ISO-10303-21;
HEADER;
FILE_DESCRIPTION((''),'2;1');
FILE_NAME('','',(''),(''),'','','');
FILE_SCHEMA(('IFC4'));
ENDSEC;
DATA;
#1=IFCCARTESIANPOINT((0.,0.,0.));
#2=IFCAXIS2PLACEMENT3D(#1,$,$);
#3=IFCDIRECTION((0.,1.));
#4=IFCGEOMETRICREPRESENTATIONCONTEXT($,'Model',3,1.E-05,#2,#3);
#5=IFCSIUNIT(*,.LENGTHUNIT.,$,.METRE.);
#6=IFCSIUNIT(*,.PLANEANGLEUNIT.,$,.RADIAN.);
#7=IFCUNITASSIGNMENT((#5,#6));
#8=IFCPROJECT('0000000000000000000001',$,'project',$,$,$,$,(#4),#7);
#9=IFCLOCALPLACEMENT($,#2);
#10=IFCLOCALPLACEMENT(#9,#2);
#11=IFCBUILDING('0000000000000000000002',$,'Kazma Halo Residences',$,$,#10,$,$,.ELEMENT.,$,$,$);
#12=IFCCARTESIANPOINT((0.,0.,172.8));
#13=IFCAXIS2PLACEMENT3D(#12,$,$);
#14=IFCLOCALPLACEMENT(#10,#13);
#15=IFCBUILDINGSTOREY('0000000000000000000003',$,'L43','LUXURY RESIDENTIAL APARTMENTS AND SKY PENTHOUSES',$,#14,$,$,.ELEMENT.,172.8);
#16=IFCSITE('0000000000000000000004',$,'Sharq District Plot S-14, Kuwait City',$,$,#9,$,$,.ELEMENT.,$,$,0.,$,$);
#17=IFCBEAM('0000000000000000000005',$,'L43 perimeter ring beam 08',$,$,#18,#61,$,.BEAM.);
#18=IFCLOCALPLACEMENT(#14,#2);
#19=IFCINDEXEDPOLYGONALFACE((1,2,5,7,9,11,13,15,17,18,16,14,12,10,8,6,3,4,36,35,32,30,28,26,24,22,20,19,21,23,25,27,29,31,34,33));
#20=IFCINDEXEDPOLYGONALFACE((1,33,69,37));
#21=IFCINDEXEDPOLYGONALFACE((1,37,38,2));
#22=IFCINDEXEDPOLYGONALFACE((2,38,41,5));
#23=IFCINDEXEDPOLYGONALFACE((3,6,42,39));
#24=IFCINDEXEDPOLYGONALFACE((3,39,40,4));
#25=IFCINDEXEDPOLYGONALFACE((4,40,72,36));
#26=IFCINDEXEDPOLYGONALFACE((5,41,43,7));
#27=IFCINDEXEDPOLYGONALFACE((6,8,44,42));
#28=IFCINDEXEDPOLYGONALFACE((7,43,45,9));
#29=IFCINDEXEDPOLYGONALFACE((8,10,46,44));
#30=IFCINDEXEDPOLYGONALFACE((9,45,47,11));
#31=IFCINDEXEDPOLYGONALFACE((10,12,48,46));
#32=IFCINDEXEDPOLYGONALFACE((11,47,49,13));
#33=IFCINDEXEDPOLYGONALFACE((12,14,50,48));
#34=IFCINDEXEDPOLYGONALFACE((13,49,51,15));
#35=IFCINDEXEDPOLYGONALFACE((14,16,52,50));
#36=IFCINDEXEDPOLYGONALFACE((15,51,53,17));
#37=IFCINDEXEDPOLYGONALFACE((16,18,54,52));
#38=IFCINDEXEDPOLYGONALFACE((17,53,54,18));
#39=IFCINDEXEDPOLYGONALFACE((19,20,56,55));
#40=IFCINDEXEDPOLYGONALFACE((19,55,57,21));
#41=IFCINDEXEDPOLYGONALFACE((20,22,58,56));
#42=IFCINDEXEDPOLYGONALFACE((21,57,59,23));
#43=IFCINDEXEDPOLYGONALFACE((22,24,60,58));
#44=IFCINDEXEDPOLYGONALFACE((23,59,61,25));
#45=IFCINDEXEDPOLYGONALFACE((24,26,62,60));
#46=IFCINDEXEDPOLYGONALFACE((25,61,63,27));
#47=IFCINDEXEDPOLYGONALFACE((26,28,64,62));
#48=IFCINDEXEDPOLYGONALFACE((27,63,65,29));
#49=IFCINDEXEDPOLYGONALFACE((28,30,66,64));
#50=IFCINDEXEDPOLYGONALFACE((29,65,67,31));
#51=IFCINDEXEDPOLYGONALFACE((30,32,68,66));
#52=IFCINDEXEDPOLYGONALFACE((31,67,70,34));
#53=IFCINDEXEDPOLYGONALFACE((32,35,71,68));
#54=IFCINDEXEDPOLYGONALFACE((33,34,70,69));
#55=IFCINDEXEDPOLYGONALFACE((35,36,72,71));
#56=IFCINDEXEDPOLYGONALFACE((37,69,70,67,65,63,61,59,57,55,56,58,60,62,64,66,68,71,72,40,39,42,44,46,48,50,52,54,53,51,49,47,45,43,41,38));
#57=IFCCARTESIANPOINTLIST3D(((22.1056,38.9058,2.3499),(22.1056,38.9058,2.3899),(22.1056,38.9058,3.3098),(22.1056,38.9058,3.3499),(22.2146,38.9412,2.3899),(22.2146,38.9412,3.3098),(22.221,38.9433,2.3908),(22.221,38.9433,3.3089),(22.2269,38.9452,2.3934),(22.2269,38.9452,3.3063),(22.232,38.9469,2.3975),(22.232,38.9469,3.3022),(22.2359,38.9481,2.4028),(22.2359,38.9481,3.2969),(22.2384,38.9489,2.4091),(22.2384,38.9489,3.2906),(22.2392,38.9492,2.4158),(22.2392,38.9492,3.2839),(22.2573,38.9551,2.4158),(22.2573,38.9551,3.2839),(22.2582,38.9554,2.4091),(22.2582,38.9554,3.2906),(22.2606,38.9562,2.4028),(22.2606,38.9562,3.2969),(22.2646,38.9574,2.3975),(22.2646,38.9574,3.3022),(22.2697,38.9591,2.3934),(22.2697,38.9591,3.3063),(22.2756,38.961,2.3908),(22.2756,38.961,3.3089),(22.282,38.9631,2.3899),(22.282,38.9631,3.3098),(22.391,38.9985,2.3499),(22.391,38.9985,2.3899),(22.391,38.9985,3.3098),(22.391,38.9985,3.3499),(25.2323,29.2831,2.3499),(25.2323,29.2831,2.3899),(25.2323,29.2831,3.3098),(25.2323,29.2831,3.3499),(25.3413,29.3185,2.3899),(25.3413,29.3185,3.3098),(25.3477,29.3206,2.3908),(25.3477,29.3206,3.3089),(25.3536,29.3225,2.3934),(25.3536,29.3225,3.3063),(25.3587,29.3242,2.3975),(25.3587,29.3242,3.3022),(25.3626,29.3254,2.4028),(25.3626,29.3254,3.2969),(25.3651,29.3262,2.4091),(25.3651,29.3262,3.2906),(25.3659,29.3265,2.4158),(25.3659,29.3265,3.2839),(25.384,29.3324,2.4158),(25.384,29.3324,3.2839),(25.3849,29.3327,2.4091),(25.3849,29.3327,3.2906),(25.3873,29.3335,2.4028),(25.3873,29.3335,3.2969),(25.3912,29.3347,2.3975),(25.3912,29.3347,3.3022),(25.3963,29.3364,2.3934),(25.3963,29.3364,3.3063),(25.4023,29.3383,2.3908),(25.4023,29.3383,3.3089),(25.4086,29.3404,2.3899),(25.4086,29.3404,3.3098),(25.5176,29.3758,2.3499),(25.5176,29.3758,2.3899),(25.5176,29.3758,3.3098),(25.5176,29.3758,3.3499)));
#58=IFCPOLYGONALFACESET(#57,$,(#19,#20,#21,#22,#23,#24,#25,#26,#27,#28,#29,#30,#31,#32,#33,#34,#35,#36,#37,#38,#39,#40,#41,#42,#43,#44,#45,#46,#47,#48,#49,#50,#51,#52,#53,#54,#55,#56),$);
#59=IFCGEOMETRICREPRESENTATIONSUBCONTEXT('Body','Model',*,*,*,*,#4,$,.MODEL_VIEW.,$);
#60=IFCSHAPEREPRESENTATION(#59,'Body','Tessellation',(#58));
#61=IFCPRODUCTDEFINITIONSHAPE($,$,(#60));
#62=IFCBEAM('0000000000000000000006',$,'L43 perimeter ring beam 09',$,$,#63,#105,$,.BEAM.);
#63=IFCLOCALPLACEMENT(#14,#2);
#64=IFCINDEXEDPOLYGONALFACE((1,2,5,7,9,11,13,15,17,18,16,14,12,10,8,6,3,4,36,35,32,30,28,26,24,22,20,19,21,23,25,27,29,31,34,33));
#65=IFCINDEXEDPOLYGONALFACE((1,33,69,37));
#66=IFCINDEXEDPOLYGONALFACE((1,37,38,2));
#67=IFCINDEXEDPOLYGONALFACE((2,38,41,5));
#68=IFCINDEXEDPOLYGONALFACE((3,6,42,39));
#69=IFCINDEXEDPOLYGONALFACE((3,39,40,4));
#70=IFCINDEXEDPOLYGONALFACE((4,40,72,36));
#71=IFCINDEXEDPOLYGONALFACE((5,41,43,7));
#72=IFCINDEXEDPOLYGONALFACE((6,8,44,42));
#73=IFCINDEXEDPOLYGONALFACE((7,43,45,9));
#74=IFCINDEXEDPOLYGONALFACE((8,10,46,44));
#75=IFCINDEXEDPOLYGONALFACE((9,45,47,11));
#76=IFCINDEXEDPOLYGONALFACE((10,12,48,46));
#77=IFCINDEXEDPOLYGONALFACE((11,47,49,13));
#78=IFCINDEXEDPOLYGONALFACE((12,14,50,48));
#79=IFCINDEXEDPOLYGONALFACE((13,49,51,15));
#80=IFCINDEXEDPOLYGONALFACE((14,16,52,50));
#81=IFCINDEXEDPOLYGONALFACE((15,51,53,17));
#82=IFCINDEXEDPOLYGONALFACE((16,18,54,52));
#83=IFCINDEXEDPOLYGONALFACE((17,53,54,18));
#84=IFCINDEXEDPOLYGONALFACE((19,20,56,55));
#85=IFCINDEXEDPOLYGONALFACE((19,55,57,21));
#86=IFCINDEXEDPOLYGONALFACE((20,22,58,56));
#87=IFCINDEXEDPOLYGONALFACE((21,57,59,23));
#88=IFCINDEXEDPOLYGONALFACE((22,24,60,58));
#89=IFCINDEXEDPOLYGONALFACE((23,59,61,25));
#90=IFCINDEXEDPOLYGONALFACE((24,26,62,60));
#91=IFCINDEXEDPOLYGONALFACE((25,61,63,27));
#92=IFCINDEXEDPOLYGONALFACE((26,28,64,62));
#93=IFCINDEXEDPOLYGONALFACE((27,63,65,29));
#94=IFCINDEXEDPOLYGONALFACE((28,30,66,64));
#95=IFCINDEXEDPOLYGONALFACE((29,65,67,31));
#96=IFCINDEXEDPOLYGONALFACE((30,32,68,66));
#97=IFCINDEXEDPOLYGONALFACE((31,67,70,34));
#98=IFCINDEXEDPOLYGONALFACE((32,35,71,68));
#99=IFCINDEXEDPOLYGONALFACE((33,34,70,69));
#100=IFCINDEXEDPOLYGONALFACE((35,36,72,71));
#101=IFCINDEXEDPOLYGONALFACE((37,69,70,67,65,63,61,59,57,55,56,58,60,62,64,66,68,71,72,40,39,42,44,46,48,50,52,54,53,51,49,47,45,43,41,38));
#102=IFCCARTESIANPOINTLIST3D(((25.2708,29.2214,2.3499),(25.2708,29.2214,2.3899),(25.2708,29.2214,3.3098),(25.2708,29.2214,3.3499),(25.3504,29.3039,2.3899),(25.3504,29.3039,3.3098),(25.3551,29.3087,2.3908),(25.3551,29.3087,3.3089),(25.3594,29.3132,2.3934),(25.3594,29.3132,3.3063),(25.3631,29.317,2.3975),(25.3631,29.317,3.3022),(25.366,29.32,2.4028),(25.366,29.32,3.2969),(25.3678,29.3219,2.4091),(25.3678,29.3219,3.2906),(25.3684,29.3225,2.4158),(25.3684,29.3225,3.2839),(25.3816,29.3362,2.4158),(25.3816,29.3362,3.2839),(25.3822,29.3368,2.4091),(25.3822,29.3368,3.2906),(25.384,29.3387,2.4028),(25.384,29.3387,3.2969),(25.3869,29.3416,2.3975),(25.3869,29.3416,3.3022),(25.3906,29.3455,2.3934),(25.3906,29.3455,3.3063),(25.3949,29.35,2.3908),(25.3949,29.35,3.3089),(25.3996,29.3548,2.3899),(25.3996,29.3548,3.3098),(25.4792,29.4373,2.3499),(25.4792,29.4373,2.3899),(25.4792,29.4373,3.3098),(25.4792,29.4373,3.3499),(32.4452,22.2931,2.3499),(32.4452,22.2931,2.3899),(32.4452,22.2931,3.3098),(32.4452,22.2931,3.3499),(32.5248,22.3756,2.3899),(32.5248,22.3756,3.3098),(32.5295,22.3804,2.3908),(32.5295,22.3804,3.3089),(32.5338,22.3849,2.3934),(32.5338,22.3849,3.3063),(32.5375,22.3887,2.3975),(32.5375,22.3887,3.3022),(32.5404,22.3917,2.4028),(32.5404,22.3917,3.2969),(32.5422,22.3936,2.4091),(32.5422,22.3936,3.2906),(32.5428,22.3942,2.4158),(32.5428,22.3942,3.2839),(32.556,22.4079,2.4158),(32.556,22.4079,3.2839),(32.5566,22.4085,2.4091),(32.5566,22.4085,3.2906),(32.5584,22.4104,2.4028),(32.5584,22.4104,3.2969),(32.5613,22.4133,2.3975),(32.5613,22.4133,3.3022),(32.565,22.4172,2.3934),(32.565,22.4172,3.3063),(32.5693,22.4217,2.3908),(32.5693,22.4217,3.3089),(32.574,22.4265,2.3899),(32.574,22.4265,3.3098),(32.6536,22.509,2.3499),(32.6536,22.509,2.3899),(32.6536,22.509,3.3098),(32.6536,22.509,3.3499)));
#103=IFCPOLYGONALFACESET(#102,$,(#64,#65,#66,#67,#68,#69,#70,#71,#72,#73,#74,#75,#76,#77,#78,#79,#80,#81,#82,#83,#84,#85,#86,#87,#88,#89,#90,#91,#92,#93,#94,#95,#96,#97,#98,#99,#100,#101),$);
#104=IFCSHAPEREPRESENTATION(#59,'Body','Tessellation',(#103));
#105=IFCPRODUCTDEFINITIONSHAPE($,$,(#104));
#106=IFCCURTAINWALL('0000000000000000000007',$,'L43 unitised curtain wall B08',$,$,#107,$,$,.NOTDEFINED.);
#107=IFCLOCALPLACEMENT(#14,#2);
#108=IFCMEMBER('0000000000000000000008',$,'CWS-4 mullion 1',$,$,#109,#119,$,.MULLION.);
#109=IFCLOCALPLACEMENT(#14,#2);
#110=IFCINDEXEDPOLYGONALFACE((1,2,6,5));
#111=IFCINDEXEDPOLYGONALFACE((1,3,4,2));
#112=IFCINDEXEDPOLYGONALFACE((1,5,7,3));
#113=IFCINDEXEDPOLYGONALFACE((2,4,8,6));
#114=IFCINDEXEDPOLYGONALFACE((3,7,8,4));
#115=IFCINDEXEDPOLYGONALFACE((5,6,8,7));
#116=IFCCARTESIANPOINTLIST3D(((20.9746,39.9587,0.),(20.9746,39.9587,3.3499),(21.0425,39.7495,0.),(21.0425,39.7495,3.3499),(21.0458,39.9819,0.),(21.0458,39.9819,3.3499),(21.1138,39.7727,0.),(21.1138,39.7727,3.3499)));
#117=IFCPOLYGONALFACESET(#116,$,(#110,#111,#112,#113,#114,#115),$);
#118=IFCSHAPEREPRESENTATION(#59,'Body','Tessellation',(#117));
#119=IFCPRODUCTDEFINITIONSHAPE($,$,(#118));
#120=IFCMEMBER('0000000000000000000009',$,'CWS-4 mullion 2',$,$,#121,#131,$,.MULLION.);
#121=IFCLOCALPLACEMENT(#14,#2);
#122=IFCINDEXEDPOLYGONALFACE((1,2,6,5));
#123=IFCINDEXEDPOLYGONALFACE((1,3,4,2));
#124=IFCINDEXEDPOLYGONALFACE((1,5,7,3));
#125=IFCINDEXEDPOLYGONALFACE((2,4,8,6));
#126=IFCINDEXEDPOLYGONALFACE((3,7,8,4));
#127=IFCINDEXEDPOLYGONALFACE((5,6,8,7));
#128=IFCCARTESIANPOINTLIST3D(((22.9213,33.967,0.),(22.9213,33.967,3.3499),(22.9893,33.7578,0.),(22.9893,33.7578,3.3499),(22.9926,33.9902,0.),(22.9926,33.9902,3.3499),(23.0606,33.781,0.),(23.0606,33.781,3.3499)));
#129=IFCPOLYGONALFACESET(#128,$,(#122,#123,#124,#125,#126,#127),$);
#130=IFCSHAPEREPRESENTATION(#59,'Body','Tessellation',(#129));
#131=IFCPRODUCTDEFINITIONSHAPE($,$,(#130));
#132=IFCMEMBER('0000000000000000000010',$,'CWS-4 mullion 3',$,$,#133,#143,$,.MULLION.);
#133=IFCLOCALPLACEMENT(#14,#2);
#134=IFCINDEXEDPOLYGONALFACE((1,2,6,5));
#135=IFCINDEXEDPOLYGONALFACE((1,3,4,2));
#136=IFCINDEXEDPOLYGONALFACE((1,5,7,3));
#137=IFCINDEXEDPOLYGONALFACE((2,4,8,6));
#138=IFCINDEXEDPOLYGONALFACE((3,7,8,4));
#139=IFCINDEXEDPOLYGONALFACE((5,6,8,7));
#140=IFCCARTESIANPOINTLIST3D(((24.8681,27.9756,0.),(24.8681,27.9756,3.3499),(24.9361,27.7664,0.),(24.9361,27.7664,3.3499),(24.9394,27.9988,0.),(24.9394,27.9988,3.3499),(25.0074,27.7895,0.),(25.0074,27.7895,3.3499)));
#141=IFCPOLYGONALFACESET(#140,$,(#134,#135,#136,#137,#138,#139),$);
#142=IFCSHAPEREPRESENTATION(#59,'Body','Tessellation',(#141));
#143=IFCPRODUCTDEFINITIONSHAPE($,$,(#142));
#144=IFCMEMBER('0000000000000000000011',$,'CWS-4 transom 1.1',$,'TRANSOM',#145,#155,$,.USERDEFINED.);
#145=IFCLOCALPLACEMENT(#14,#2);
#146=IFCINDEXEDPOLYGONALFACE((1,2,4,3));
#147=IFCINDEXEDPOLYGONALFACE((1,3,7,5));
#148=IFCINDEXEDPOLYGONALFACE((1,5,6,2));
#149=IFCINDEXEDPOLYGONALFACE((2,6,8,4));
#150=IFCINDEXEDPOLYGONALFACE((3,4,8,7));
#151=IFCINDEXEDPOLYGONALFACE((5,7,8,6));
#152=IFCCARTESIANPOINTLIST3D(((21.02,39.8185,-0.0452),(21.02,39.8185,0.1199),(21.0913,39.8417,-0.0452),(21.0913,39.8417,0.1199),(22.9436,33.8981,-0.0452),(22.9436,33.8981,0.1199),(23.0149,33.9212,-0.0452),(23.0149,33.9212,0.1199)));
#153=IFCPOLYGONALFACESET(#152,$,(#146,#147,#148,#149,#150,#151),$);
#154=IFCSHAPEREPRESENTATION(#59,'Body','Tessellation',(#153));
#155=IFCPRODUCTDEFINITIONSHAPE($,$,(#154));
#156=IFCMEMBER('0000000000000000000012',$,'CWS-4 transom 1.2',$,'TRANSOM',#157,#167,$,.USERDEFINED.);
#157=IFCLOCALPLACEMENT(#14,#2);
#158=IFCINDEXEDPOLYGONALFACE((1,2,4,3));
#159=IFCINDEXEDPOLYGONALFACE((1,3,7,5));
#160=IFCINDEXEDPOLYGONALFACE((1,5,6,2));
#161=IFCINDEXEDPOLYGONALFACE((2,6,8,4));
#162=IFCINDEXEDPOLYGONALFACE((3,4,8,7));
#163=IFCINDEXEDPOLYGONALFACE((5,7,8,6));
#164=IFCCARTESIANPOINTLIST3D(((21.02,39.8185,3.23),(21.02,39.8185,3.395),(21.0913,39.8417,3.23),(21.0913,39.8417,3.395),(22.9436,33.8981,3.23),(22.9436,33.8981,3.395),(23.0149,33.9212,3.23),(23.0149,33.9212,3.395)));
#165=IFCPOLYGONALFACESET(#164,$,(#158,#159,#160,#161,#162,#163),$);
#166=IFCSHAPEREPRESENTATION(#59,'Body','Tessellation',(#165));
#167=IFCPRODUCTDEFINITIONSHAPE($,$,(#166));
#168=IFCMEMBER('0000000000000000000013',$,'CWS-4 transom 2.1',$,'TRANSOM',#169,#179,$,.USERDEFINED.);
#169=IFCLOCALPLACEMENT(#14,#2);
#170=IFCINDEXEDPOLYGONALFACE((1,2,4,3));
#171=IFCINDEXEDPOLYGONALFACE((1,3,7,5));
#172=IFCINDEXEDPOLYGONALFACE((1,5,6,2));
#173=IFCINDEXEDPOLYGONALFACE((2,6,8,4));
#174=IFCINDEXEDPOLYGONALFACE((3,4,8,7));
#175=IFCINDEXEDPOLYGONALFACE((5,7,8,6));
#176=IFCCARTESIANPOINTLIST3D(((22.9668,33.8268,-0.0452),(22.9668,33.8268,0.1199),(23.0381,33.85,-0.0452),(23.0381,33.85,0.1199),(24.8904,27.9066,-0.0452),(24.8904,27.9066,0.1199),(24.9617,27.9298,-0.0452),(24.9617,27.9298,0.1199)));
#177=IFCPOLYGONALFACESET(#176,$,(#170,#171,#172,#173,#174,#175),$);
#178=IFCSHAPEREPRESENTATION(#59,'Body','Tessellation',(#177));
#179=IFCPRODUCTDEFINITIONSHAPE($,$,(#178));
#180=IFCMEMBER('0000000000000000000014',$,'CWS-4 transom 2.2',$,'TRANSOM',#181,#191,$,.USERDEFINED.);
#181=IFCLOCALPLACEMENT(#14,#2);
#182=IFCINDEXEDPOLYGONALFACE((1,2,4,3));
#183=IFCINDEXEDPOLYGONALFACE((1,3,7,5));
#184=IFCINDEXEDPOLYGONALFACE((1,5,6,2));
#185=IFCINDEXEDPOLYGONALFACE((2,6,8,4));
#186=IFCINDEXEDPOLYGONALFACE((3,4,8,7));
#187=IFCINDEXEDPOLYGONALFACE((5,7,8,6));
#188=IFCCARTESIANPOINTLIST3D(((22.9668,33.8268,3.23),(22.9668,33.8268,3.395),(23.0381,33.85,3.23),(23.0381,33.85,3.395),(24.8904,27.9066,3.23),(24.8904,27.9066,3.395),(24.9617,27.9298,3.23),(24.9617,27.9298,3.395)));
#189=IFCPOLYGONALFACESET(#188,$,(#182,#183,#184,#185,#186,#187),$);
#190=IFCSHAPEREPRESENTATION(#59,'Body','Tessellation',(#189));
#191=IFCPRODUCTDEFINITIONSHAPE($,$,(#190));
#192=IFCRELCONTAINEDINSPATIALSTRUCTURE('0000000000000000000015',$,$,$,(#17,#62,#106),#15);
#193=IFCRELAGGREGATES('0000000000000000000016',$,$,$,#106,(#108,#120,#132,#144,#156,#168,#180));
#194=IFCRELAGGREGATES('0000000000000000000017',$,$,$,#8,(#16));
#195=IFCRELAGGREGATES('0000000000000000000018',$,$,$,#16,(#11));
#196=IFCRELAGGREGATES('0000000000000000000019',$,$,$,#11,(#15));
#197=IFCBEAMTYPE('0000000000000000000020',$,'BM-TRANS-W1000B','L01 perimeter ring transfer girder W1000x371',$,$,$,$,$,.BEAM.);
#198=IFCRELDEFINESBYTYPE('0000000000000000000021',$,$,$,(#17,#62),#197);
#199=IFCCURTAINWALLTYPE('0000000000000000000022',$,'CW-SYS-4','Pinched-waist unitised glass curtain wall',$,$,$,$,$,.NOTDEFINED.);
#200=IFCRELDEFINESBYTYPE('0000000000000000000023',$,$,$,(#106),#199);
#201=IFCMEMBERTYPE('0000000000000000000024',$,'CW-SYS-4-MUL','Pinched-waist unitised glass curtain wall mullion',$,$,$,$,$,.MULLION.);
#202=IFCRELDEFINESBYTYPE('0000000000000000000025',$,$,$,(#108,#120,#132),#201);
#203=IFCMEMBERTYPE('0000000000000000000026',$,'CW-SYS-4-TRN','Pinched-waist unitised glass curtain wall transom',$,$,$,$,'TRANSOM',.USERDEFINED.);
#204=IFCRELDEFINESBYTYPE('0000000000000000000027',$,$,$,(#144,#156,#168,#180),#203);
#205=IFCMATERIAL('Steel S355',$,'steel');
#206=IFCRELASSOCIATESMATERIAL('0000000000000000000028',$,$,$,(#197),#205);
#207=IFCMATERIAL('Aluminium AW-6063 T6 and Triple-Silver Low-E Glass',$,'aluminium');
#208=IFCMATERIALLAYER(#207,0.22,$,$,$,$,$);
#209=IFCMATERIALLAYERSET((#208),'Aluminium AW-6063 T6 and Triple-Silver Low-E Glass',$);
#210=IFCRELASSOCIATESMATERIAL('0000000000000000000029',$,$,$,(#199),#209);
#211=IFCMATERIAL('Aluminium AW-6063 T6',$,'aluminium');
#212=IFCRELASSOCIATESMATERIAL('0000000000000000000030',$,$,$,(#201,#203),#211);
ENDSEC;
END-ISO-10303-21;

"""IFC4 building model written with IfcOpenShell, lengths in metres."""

from ifc_helpers import new_model, si_unit, direction, frame, origin, origin_2d, place, context, subcontext, project, spatial, rectangle, i_section, extrude, material, layer, layer_set, material_profile, profile_set, type_object, element, aggregate, save


model = new_model("IFC4")

# Units and contexts
model_context = context("Model", 3, precision=1e-05, world=origin(), true_north=direction((0.0, 1.0)))
body_context = subcontext(model_context, "Body", "Model", "MODEL_VIEW")
ifc_project = project(units=[si_unit("LENGTHUNIT", "METRE"), si_unit("PLANEANGLEUNIT", "RADIAN")], contexts=[model_context])

# Site, building, storey
site_placement = place(None, origin())
site = spatial("IfcSite", under=ifc_project, at=site_placement, Name="Sharq District Plot S-14, Kuwait City", CompositionType="ELEMENT", RefElevation=0.0)
building_placement = place(site_placement, origin())
building = spatial("IfcBuilding", under=site, at=building_placement, Name="Kazma Halo Residences", CompositionType="ELEMENT")
storey_placement = place(building_placement, frame((0.0, 0.0, 172.8)))
storey = spatial("IfcBuildingStorey", under=building, at=storey_placement, Name="L43", Description="LUXURY RESIDENTIAL APARTMENTS AND SKY PENTHOUSES", CompositionType="ELEMENT", Elevation=172.8)

# Beams
ifc_material_1 = material(Name="Steel S355", Category="steel")
ifc_material_profile_1 = material_profile(ifc_material_1, i_section(OverallWidth=0.3, OverallDepth=1.0, WebThickness=0.019, FlangeThickness=0.04, FilletRadius=0.0259, at=origin_2d()), Name="W1000x371")
ifc_profile_set_1 = profile_set([ifc_material_profile_1], Name="Steel S355")
beam_type_1 = type_object("IfcBeamType", Name="BM-TRANS-W1000B", Description="L01 perimeter ring transfer girder W1000x371", PredefinedType="BEAM", material=ifc_profile_set_1)
beam_1_placement = place(storey_placement, frame((22.2483, 38.9521, 2.8499), z_axis=(0.309023, -0.951054, 0.0), x_axis=(0.951054, 0.309023, 0.0)))
element("IfcBeam", 1, at=beam_1_placement, inside=storey, type_object=beam_type_1, Name="L43 perimeter ring beam 08", PredefinedType="BEAM", context=body_context, shape_type="SweptSolid", body=[
    extrude(i_section(OverallWidth=0.3, OverallDepth=1.0, WebThickness=0.019, FlangeThickness=0.04, FilletRadius=0.0259, at=origin_2d()), origin(), (0.0, 0.0, 1.0), 10.1179),
])
beam_2_placement = place(storey_placement, frame((25.375, 29.3293, 2.8499), z_axis=(0.719337, -0.694662, 0.0), x_axis=(0.694662, 0.719337, 0.0)))
element("IfcBeam", 2, at=beam_2_placement, inside=storey, type_object=beam_type_1, Name="L43 perimeter ring beam 09", PredefinedType="BEAM", context=body_context, shape_type="SweptSolid", body=[
    extrude(i_section(OverallWidth=0.3, OverallDepth=1.0, WebThickness=0.019, FlangeThickness=0.04, FilletRadius=0.0259, at=origin_2d()), origin(), (0.0, 0.0, 1.0), 9.9736),
])

# Curtain wall, members
ifc_material_2 = material(Name="Aluminium AW-6063 T6 and Triple-Silver Low-E Glass", Category="aluminium")
ifc_layer_1 = layer(ifc_material_2, 0.22)
ifc_layer_set_1 = layer_set([ifc_layer_1], Name="Aluminium AW-6063 T6 and Triple-Silver Low-E Glass")
curtain_wall_type = type_object("IfcCurtainWallType", Name="CW-SYS-4", Description="Pinched-waist unitised glass curtain wall", PredefinedType="NOTDEFINED", material=ifc_layer_set_1)
curtain_wall_placement = place(storey_placement, origin())
curtain_wall = element("IfcCurtainWall", 3, at=curtain_wall_placement, inside=storey, type_object=curtain_wall_type, Name="L43 unitised curtain wall B08", PredefinedType="NOTDEFINED")
ifc_material_3 = material(Name="Aluminium AW-6063 T6", Category="aluminium")
ifc_material_profile_2 = material_profile(ifc_material_3, rectangle(XDim=0.075, YDim=0.22, at=origin_2d()), Name="CWM-75x220")
ifc_profile_set_2 = profile_set([ifc_material_profile_2], Name="Aluminium AW-6063 T6")
member_type_1 = type_object("IfcMemberType", Name="CW-SYS-4-MUL", Description="Pinched-waist unitised glass curtain wall mullion", PredefinedType="MULLION", material=ifc_profile_set_2)
member_1_placement = place(storey_placement, frame((21.0442, 39.8657, 0.0), z_axis=(0.0, 0.0, 1.0), x_axis=(0.951058, 0.309014, 0.0)))
member_1 = element("IfcMember", 4, at=member_1_placement, type_object=member_type_1, Name="CWS-4 mullion 1", PredefinedType="MULLION", context=body_context, shape_type="SweptSolid", body=[
    extrude(rectangle(XDim=0.075, YDim=0.22, at=origin_2d()), origin(), (0.0, 0.0, 1.0), 3.3499),
])
member_2_placement = place(storey_placement, frame((22.991, 33.874, 0.0), z_axis=(0.0, 0.0, 1.0), x_axis=(0.951058, 0.309014, 0.0)))
member_2 = element("IfcMember", 5, at=member_2_placement, type_object=member_type_1, Name="CWS-4 mullion 2", PredefinedType="MULLION", context=body_context, shape_type="SweptSolid", body=[
    extrude(rectangle(XDim=0.075, YDim=0.22, at=origin_2d()), origin(), (0.0, 0.0, 1.0), 3.3499),
])
member_3_placement = place(storey_placement, frame((24.9377, 27.8826, 0.0), z_axis=(0.0, 0.0, 1.0), x_axis=(0.951058, 0.309014, 0.0)))
member_3 = element("IfcMember", 6, at=member_3_placement, type_object=member_type_1, Name="CWS-4 mullion 3", PredefinedType="MULLION", context=body_context, shape_type="SweptSolid", body=[
    extrude(rectangle(XDim=0.075, YDim=0.22, at=origin_2d()), origin(), (0.0, 0.0, 1.0), 3.3499),
])
ifc_material_profile_3 = material_profile(ifc_material_3, rectangle(XDim=0.075, YDim=0.165, at=origin_2d()), Name="CWT-75x165")
ifc_profile_set_3 = profile_set([ifc_material_profile_3], Name="Aluminium AW-6063 T6")
member_type_2 = type_object("IfcMemberType", Name="CW-SYS-4-TRN", Description="Pinched-waist unitised glass curtain wall transom", ElementType="TRANSOM", PredefinedType="USERDEFINED", material=ifc_profile_set_3)
member_4_placement = place(storey_placement, frame((21.0557, 39.8301, 0.0374), z_axis=(0.309006, -0.95106, 0.0), x_axis=(0.95106, 0.309006, 0.0)))
member_4 = element("IfcMember", 7, at=member_4_placement, type_object=member_type_2, Name="CWS-4 transom 1.1", ObjectType="TRANSOM", PredefinedType="USERDEFINED", context=body_context, shape_type="SweptSolid", body=[
    extrude(rectangle(XDim=0.075, YDim=0.165, at=origin_2d()), origin(), (0.0, 0.0, 1.0), 6.2251),
])
member_5_placement = place(storey_placement, frame((21.0557, 39.8301, 3.3125), z_axis=(0.309006, -0.95106, 0.0), x_axis=(0.95106, 0.309006, 0.0)))
member_5 = element("IfcMember", 8, at=member_5_placement, type_object=member_type_2, Name="CWS-4 transom 1.2", ObjectType="TRANSOM", PredefinedType="USERDEFINED", context=body_context, shape_type="SweptSolid", body=[
    extrude(rectangle(XDim=0.075, YDim=0.165, at=origin_2d()), origin(), (0.0, 0.0, 1.0), 6.2251),
])
member_6_placement = place(storey_placement, frame((23.0024, 33.8384, 0.0374), z_axis=(0.309018, -0.951056, 0.0), x_axis=(0.951056, 0.309018, 0.0)))
member_6 = element("IfcMember", 9, at=member_6_placement, type_object=member_type_2, Name="CWS-4 transom 2.1", ObjectType="TRANSOM", PredefinedType="USERDEFINED", context=body_context, shape_type="SweptSolid", body=[
    extrude(rectangle(XDim=0.075, YDim=0.165, at=origin_2d()), origin(), (0.0, 0.0, 1.0), 6.2249),
])
member_7_placement = place(storey_placement, frame((23.0024, 33.8384, 3.3125), z_axis=(0.309018, -0.951056, 0.0), x_axis=(0.951056, 0.309018, 0.0)))
member_7 = element("IfcMember", 10, at=member_7_placement, type_object=member_type_2, Name="CWS-4 transom 2.2", ObjectType="TRANSOM", PredefinedType="USERDEFINED", context=body_context, shape_type="SweptSolid", body=[
    extrude(rectangle(XDim=0.075, YDim=0.165, at=origin_2d()), origin(), (0.0, 0.0, 1.0), 6.2249),
])
aggregate(curtain_wall, [member_1, member_2, member_3, member_4, member_5, member_6, member_7])

save(model, "model.ifc")
